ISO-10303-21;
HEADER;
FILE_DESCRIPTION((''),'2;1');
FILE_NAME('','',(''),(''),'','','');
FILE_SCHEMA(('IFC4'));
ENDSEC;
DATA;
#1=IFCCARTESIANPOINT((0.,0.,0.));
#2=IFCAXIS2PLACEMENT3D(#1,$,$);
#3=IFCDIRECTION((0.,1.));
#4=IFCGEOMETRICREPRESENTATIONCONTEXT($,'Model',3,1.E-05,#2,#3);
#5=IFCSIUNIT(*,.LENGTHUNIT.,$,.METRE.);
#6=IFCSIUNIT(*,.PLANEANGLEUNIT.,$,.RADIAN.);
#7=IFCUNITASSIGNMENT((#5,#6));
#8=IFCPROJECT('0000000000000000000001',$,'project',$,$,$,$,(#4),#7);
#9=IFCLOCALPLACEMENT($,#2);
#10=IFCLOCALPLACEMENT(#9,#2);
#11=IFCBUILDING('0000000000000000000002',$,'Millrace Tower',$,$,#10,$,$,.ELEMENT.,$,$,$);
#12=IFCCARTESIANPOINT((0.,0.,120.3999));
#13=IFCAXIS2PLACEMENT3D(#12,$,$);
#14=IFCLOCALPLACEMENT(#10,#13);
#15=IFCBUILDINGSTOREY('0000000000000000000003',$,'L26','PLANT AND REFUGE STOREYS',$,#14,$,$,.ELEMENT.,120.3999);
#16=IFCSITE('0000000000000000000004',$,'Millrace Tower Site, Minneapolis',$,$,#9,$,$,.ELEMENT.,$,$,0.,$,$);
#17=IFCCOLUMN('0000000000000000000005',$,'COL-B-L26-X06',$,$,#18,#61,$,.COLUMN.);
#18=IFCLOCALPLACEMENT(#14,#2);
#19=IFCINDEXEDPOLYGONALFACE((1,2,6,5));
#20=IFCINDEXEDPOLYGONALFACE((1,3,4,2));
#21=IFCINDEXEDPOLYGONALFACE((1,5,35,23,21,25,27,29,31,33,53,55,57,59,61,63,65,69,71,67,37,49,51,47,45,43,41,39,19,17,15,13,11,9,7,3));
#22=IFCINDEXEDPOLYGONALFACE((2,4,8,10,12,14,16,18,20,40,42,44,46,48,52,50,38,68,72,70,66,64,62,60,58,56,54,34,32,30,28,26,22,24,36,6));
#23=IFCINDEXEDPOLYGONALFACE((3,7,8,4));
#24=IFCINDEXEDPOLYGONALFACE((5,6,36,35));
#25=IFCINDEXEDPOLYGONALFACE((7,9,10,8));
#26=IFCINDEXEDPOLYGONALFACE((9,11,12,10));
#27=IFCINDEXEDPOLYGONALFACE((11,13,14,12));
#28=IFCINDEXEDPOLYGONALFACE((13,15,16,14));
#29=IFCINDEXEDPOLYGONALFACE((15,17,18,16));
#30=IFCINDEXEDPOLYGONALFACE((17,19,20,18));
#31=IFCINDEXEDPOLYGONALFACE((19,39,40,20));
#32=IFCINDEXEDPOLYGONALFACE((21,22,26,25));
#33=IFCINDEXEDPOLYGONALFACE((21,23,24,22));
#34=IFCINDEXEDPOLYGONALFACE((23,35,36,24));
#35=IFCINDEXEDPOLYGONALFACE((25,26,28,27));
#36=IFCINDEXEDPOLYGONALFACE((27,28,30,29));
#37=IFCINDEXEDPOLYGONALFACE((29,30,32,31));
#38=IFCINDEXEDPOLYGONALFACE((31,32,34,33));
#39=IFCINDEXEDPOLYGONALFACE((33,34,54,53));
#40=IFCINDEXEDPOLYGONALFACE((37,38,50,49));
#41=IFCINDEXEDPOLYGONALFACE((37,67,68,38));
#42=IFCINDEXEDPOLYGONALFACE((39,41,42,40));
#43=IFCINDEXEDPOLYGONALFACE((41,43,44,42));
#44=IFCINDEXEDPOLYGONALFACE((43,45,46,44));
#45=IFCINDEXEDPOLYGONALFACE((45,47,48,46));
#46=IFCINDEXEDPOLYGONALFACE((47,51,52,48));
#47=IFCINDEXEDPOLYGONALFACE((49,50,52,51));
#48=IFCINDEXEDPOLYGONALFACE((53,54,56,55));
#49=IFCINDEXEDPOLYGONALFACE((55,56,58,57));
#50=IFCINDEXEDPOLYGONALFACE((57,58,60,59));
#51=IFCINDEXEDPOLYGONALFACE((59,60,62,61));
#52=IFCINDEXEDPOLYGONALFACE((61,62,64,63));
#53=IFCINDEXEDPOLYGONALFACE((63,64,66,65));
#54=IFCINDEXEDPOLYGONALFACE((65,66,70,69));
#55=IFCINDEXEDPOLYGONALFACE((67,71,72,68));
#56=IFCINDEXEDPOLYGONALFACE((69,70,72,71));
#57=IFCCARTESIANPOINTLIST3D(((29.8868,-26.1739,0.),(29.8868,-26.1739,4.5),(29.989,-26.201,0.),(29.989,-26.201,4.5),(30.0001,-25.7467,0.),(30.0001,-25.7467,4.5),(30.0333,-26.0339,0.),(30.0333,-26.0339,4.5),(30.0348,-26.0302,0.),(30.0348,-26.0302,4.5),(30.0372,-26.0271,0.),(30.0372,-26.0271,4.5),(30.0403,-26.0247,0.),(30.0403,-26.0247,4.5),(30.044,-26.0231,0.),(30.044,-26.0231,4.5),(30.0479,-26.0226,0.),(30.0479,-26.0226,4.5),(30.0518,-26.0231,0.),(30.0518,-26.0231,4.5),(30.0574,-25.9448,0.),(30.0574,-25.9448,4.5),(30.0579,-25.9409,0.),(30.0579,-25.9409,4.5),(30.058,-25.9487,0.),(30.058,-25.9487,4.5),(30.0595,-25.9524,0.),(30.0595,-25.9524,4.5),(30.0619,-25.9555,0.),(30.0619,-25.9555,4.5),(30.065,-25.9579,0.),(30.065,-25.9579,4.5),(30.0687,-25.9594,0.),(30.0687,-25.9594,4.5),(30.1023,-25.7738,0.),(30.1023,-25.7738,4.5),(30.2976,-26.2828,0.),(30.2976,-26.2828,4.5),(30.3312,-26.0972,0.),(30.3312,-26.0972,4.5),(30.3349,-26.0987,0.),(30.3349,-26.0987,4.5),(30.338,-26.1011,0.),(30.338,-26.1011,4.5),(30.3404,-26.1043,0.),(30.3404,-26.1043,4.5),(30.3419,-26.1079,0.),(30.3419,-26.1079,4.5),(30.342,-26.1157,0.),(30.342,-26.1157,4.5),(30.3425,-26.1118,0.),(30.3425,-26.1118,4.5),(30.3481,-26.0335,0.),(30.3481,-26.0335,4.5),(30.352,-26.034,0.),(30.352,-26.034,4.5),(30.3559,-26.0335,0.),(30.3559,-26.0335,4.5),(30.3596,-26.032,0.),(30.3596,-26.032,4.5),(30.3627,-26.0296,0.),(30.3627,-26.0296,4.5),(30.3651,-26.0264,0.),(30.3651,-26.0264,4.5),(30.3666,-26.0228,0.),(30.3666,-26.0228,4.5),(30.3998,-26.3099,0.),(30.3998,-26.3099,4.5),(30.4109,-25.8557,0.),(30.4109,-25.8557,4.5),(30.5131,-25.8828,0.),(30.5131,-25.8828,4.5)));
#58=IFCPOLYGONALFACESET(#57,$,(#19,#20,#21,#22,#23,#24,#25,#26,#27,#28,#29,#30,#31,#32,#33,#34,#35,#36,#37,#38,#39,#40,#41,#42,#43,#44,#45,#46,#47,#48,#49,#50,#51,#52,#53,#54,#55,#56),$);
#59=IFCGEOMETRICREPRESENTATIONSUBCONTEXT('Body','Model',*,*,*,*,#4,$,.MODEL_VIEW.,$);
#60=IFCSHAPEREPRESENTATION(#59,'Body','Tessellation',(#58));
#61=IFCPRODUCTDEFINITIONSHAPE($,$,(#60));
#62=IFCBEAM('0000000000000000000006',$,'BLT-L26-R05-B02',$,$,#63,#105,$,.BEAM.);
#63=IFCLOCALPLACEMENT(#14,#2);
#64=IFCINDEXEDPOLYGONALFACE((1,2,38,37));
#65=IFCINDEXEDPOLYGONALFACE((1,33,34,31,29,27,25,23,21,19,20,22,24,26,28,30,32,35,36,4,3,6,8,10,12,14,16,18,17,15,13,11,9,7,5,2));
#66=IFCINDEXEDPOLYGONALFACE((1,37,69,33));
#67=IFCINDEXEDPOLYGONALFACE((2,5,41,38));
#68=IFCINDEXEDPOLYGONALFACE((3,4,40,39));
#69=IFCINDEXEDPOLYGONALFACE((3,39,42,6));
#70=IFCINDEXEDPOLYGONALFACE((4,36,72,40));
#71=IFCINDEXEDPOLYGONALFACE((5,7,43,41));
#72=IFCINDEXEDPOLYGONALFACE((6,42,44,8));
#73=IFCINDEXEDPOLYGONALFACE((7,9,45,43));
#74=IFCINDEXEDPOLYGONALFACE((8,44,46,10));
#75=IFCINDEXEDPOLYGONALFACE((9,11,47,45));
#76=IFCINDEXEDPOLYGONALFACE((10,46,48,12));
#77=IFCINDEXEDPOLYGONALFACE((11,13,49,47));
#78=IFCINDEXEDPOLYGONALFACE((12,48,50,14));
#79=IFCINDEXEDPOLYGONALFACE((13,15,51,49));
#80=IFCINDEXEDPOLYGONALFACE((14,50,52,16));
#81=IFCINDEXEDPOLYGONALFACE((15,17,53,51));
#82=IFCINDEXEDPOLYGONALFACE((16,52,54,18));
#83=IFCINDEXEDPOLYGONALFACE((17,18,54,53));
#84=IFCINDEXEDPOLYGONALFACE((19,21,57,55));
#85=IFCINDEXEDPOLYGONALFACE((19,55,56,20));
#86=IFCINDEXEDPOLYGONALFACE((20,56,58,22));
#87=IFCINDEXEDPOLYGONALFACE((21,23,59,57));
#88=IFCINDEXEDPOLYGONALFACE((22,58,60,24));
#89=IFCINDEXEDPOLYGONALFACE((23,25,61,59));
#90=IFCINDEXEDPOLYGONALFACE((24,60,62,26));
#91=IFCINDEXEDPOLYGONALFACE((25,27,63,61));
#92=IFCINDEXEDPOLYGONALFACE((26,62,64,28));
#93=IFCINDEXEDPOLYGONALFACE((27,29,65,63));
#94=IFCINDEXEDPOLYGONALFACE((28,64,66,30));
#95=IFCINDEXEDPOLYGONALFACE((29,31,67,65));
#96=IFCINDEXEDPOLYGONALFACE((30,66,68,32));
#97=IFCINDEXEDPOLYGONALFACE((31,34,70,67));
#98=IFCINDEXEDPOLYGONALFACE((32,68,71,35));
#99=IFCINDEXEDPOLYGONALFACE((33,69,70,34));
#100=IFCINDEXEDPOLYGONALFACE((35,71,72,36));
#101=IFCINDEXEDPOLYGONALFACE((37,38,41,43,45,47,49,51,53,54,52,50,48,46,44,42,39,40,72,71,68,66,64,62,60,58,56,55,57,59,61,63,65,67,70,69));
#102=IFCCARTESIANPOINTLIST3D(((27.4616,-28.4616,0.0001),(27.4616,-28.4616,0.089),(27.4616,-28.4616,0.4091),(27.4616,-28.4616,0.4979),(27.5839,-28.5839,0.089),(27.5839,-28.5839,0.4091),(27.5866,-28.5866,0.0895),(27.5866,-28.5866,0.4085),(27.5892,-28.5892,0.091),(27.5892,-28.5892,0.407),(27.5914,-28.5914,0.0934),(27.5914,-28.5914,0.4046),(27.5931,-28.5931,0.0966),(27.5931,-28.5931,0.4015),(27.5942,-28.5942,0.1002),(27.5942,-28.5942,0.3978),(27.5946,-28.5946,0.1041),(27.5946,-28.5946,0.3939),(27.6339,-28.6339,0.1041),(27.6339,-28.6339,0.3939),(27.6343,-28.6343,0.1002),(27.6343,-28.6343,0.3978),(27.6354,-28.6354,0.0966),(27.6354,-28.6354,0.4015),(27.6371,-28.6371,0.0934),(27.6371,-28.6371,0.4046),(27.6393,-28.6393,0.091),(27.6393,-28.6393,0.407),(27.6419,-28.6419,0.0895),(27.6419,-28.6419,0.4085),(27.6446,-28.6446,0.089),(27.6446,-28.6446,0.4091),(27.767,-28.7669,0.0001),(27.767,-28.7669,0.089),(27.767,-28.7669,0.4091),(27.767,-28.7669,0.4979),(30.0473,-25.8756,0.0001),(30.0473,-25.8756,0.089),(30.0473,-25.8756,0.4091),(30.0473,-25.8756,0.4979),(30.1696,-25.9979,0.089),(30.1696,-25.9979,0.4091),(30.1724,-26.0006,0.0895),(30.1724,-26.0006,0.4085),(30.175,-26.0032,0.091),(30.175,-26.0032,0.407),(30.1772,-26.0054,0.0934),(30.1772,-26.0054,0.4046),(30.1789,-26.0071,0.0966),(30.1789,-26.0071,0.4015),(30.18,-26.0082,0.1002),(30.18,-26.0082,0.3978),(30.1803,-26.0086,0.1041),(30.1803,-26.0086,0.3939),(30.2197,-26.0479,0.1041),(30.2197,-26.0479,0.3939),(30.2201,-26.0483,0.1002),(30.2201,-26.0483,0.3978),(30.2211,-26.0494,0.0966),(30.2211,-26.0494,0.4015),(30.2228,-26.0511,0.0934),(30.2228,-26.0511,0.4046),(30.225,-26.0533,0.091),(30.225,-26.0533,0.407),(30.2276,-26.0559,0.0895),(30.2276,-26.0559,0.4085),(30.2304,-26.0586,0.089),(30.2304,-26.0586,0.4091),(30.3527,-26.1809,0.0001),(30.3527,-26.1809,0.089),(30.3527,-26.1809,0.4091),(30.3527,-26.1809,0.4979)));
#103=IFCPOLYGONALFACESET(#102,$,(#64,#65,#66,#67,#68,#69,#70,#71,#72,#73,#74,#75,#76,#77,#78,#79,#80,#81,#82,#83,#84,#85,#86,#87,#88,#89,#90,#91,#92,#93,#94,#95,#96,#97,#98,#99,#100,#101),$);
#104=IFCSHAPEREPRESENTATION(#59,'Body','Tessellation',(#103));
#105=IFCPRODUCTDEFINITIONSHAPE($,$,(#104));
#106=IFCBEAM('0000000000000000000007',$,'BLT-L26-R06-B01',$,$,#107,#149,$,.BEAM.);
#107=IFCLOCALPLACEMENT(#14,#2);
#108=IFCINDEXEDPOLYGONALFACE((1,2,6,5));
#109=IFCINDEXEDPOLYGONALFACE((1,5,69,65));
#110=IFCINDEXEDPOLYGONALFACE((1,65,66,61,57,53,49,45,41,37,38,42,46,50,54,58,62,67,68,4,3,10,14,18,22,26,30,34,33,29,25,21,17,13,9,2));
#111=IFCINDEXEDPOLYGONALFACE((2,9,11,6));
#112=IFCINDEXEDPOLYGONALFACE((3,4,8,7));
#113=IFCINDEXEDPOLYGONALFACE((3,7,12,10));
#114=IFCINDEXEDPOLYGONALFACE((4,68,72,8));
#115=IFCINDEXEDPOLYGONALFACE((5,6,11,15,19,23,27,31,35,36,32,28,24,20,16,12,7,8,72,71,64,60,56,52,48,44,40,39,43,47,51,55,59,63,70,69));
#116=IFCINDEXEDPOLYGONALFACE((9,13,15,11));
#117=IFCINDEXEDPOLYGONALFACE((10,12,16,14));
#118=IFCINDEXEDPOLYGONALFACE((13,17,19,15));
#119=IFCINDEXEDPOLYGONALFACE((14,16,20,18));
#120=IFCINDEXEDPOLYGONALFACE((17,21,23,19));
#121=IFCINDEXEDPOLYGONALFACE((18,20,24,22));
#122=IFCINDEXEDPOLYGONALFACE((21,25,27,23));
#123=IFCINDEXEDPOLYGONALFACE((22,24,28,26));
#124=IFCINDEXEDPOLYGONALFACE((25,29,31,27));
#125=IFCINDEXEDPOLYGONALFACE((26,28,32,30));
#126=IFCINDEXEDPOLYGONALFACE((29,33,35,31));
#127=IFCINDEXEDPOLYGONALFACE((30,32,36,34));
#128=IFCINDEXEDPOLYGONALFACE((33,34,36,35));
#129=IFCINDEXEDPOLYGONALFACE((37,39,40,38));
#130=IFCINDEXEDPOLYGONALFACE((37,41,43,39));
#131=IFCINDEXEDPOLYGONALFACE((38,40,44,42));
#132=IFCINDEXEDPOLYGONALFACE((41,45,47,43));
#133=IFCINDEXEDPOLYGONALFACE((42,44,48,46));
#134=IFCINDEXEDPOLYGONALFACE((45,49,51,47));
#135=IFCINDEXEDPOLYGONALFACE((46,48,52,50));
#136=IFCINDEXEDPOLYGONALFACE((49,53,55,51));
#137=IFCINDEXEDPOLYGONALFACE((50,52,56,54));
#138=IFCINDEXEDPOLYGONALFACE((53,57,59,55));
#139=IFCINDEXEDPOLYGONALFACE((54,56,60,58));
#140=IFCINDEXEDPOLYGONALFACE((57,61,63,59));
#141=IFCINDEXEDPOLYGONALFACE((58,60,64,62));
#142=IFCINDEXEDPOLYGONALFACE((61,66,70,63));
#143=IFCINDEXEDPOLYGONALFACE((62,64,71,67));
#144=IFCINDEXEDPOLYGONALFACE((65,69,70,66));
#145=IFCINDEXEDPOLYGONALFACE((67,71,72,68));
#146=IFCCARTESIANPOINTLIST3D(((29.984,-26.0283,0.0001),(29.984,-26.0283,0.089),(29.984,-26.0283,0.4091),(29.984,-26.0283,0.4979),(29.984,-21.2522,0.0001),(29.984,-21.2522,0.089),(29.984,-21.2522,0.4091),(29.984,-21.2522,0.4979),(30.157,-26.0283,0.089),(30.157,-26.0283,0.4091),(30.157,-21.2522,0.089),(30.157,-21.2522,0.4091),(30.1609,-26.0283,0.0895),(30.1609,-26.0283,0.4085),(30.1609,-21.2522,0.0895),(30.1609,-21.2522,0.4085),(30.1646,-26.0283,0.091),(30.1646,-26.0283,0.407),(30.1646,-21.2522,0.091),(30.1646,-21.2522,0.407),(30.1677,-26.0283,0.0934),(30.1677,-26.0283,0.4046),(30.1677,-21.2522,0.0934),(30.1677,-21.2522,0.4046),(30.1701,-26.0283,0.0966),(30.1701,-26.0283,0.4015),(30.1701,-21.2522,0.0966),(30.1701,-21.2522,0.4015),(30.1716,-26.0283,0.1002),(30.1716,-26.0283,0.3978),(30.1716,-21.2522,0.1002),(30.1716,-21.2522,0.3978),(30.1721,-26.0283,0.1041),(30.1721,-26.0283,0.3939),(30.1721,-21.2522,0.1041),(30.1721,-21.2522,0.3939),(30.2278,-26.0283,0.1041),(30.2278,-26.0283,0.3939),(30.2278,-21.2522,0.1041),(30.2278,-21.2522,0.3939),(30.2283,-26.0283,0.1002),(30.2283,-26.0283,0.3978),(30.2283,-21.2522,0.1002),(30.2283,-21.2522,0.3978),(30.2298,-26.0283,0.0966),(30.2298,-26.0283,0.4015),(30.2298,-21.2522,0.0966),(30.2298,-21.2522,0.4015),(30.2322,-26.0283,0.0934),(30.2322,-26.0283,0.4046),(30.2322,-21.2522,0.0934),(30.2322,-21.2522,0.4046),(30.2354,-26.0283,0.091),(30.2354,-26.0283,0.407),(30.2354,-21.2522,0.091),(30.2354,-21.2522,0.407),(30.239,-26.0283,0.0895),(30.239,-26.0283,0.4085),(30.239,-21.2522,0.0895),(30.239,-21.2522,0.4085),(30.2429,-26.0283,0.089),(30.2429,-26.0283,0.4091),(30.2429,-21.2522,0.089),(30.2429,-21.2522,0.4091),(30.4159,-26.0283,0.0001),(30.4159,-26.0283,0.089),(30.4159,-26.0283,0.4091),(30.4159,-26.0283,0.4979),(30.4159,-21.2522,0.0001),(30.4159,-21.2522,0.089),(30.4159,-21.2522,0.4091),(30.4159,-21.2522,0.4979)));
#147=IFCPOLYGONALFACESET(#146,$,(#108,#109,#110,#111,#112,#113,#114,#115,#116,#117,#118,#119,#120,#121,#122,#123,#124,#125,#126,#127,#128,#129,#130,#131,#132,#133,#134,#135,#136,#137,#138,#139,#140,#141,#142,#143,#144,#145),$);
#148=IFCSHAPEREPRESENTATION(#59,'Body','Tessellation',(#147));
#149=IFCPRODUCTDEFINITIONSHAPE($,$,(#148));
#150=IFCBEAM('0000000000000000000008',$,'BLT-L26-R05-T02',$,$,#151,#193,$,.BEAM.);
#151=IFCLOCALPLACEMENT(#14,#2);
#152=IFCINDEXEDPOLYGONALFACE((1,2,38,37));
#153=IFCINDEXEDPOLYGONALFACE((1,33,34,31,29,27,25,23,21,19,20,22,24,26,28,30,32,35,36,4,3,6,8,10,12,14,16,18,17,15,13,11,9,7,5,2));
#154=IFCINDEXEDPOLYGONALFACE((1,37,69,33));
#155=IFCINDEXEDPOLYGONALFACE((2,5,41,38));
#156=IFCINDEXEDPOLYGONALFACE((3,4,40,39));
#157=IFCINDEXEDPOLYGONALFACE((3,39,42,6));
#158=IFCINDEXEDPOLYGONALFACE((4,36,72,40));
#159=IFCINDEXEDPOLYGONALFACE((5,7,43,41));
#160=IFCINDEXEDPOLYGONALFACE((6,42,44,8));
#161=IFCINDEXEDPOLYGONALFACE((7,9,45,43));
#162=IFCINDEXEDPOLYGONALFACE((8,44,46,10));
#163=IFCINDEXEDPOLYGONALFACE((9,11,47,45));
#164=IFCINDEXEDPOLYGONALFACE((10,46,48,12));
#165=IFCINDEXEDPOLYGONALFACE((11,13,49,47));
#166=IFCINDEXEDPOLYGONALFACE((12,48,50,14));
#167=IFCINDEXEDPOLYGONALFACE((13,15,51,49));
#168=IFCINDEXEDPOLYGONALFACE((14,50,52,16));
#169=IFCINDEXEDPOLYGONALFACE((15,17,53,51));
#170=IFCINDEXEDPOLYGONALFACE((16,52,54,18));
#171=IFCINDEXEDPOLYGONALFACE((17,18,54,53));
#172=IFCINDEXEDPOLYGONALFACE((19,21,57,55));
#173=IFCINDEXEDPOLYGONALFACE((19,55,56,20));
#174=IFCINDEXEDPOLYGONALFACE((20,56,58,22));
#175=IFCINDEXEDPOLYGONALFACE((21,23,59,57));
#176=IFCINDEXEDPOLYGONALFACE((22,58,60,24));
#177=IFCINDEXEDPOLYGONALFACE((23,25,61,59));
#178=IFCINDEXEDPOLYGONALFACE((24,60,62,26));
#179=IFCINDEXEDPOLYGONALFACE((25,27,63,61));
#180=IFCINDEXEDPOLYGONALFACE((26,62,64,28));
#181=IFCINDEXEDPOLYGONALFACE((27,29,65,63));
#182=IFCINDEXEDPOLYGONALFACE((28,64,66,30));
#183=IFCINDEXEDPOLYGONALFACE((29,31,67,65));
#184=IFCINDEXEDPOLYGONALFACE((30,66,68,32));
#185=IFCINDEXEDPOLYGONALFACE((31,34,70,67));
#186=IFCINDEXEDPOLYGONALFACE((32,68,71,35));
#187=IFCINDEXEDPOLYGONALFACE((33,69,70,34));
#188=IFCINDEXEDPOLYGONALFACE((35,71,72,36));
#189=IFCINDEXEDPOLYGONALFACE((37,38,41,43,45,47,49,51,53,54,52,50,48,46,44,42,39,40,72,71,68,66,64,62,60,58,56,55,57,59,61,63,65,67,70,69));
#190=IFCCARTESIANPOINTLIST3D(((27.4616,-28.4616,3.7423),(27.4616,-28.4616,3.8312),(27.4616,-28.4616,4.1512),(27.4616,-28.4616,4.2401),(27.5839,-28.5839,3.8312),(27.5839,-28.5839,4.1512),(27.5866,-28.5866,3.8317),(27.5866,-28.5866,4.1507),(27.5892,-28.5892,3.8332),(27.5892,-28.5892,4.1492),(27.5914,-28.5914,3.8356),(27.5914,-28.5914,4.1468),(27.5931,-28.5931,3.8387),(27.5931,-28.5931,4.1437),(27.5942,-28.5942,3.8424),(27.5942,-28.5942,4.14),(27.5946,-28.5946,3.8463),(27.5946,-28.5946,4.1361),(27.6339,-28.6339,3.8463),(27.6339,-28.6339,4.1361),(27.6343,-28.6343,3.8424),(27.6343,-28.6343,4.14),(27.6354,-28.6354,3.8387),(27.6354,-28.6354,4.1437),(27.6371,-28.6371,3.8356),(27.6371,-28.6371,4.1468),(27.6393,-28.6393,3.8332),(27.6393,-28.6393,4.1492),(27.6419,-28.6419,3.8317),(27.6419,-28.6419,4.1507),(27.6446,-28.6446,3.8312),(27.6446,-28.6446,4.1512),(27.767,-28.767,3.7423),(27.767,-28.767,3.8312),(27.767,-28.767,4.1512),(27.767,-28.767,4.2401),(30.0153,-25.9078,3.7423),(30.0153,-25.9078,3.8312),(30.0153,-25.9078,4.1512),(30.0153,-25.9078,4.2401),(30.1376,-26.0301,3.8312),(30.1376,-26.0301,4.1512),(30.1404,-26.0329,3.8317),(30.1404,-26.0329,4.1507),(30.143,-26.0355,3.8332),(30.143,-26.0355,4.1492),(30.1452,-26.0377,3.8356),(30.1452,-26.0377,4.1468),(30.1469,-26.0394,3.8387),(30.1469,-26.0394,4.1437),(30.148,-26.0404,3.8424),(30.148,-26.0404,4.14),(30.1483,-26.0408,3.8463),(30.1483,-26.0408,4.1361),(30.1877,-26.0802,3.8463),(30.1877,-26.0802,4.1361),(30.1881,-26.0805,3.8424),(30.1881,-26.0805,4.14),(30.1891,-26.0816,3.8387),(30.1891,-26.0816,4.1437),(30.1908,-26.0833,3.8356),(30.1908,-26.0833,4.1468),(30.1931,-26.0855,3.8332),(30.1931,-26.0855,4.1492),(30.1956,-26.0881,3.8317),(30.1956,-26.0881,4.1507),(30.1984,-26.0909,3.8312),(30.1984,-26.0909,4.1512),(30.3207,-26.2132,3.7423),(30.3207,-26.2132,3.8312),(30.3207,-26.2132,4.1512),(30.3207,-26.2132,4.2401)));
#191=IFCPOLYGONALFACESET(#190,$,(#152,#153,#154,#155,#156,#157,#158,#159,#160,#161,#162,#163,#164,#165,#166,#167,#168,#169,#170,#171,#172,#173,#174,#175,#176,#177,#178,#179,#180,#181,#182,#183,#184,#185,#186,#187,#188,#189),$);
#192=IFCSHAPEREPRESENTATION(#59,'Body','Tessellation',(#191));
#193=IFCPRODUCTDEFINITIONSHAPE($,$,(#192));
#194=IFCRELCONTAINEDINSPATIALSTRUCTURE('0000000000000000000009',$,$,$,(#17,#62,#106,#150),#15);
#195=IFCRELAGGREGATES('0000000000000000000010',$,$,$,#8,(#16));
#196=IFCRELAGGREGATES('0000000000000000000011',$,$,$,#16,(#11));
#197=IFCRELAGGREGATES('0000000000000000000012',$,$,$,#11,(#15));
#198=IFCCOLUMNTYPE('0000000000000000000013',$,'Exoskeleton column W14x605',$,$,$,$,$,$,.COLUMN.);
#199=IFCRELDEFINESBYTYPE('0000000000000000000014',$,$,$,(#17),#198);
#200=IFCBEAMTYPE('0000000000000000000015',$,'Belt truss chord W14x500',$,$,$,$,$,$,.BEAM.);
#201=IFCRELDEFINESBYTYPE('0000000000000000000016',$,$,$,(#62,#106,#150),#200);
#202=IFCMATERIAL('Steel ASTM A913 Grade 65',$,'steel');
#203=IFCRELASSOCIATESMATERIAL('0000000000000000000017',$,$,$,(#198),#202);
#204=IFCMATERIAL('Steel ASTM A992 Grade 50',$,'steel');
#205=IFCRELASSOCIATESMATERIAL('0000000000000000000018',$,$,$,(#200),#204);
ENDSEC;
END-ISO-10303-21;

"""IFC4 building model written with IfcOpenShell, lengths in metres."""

from ifc_helpers import new_model, si_unit, direction, frame, origin, origin_2d, place, context, subcontext, project, spatial, i_section, extrude, material, material_profile, profile_set, type_object, element, save


model = new_model("IFC4")

# Units and contexts
model_context = context("Model", 3, precision=1e-05, world=origin(), true_north=direction((0.0, 1.0)))
body_context = subcontext(model_context, "Body", "Model", "MODEL_VIEW")
ifc_project = project(units=[si_unit("LENGTHUNIT", "METRE"), si_unit("PLANEANGLEUNIT", "RADIAN")], contexts=[model_context])

# Site, building, storey
site_placement = place(None, origin())
site = spatial("IfcSite", under=ifc_project, at=site_placement, Name="Millrace Tower Site, Minneapolis", CompositionType="ELEMENT", RefElevation=0.0)
building_placement = place(site_placement, origin())
building = spatial("IfcBuilding", under=site, at=building_placement, Name="Millrace Tower", CompositionType="ELEMENT")
storey_placement = place(building_placement, frame((0.0, 0.0, 120.3999)))
storey = spatial("IfcBuildingStorey", under=building, at=storey_placement, Name="L26", Description="PLANT AND REFUGE STOREYS", CompositionType="ELEMENT", Elevation=120.3999)

# Column
ifc_material_1 = material(Name="Steel ASTM A913 Grade 65", Category="steel")
ifc_material_profile_1 = material_profile(ifc_material_1, i_section(OverallWidth=0.4419, OverallDepth=0.5308, WebThickness=0.0659, FlangeThickness=0.1057, FilletRadius=0.0151, at=origin_2d()))
ifc_profile_set_1 = profile_set([ifc_material_profile_1], Name="Steel ASTM A913 Grade 65")
column_type = type_object("IfcColumnType", Name="Exoskeleton column W14x605", PredefinedType="COLUMN", material=ifc_profile_set_1)
column_placement = place(storey_placement, frame((30.2, -26.0283, 0.0), z_axis=(0.0, 0.0, 1.0), x_axis=(0.256347, 0.966585, 0.0)))
element("IfcColumn", 1, at=column_placement, inside=storey, type_object=column_type, Name="COL-B-L26-X06", PredefinedType="COLUMN", context=body_context, shape_type="SweptSolid", body=[
    extrude(i_section(OverallWidth=0.4419, OverallDepth=0.5308, WebThickness=0.0659, FlangeThickness=0.1057, FilletRadius=0.0151, at=origin_2d()), origin(), (0.0, 0.0, 1.0), 4.5),
])

# Beams
ifc_material_2 = material(Name="Steel ASTM A992 Grade 50", Category="steel")
ifc_material_profile_2 = material_profile(ifc_material_2, i_section(OverallWidth=0.4319, OverallDepth=0.4978, WebThickness=0.0557, FlangeThickness=0.0889, FilletRadius=0.0151, at=origin_2d()))
ifc_profile_set_2 = profile_set([ifc_material_profile_2], Name="Steel ASTM A992 Grade 50")
beam_type_1 = type_object("IfcBeamType", Name="Belt truss chord W14x500", PredefinedType="BEAM", material=ifc_profile_set_2)
beam_1_placement = place(storey_placement, frame((27.6143, -28.6143, 0.249), z_axis=(0.707073, 0.70714, 0.0), x_axis=(-0.70714, 0.707073, 0.0)))
element("IfcBeam", 2, at=beam_1_placement, inside=storey, type_object=beam_type_1, Name="BLT-L26-R05-B02", PredefinedType="BEAM", context=body_context, shape_type="SweptSolid", body=[
    extrude(i_section(OverallWidth=0.4319, OverallDepth=0.4978, WebThickness=0.0557, FlangeThickness=0.0889, FilletRadius=0.0151, at=origin_2d()), origin(), (0.0, 0.0, 1.0), 3.657),
])
beam_2_placement = place(storey_placement, frame((30.2, -26.0283, 0.249), z_axis=(0.0, 1.0, 0.0), x_axis=(-1.0, 0.0, 0.0)))
element("IfcBeam", 3, at=beam_2_placement, inside=storey, type_object=beam_type_1, Name="BLT-L26-R06-B01", PredefinedType="BEAM", context=body_context, shape_type="SweptSolid", body=[
    extrude(i_section(OverallWidth=0.4319, OverallDepth=0.4978, WebThickness=0.0557, FlangeThickness=0.0889, FilletRadius=0.0151, at=origin_2d()), origin(), (0.0, 0.0, 1.0), 4.7761),
])
beam_3_placement = place(storey_placement, frame((27.6143, -28.6143, 3.9912), z_axis=(0.707107, 0.707107, 0.0), x_axis=(-0.707107, 0.707107, 0.0)))
element("IfcBeam", 4, at=beam_3_placement, inside=storey, type_object=beam_type_1, Name="BLT-L26-R05-T02", PredefinedType="BEAM", context=body_context, shape_type="SweptSolid", body=[
    extrude(i_section(OverallWidth=0.4319, OverallDepth=0.4978, WebThickness=0.0557, FlangeThickness=0.0889, FilletRadius=0.0151, at=origin_2d()), origin(), (0.0, 0.0, 1.0), 3.6116),
])

save(model, "model.ifc")
